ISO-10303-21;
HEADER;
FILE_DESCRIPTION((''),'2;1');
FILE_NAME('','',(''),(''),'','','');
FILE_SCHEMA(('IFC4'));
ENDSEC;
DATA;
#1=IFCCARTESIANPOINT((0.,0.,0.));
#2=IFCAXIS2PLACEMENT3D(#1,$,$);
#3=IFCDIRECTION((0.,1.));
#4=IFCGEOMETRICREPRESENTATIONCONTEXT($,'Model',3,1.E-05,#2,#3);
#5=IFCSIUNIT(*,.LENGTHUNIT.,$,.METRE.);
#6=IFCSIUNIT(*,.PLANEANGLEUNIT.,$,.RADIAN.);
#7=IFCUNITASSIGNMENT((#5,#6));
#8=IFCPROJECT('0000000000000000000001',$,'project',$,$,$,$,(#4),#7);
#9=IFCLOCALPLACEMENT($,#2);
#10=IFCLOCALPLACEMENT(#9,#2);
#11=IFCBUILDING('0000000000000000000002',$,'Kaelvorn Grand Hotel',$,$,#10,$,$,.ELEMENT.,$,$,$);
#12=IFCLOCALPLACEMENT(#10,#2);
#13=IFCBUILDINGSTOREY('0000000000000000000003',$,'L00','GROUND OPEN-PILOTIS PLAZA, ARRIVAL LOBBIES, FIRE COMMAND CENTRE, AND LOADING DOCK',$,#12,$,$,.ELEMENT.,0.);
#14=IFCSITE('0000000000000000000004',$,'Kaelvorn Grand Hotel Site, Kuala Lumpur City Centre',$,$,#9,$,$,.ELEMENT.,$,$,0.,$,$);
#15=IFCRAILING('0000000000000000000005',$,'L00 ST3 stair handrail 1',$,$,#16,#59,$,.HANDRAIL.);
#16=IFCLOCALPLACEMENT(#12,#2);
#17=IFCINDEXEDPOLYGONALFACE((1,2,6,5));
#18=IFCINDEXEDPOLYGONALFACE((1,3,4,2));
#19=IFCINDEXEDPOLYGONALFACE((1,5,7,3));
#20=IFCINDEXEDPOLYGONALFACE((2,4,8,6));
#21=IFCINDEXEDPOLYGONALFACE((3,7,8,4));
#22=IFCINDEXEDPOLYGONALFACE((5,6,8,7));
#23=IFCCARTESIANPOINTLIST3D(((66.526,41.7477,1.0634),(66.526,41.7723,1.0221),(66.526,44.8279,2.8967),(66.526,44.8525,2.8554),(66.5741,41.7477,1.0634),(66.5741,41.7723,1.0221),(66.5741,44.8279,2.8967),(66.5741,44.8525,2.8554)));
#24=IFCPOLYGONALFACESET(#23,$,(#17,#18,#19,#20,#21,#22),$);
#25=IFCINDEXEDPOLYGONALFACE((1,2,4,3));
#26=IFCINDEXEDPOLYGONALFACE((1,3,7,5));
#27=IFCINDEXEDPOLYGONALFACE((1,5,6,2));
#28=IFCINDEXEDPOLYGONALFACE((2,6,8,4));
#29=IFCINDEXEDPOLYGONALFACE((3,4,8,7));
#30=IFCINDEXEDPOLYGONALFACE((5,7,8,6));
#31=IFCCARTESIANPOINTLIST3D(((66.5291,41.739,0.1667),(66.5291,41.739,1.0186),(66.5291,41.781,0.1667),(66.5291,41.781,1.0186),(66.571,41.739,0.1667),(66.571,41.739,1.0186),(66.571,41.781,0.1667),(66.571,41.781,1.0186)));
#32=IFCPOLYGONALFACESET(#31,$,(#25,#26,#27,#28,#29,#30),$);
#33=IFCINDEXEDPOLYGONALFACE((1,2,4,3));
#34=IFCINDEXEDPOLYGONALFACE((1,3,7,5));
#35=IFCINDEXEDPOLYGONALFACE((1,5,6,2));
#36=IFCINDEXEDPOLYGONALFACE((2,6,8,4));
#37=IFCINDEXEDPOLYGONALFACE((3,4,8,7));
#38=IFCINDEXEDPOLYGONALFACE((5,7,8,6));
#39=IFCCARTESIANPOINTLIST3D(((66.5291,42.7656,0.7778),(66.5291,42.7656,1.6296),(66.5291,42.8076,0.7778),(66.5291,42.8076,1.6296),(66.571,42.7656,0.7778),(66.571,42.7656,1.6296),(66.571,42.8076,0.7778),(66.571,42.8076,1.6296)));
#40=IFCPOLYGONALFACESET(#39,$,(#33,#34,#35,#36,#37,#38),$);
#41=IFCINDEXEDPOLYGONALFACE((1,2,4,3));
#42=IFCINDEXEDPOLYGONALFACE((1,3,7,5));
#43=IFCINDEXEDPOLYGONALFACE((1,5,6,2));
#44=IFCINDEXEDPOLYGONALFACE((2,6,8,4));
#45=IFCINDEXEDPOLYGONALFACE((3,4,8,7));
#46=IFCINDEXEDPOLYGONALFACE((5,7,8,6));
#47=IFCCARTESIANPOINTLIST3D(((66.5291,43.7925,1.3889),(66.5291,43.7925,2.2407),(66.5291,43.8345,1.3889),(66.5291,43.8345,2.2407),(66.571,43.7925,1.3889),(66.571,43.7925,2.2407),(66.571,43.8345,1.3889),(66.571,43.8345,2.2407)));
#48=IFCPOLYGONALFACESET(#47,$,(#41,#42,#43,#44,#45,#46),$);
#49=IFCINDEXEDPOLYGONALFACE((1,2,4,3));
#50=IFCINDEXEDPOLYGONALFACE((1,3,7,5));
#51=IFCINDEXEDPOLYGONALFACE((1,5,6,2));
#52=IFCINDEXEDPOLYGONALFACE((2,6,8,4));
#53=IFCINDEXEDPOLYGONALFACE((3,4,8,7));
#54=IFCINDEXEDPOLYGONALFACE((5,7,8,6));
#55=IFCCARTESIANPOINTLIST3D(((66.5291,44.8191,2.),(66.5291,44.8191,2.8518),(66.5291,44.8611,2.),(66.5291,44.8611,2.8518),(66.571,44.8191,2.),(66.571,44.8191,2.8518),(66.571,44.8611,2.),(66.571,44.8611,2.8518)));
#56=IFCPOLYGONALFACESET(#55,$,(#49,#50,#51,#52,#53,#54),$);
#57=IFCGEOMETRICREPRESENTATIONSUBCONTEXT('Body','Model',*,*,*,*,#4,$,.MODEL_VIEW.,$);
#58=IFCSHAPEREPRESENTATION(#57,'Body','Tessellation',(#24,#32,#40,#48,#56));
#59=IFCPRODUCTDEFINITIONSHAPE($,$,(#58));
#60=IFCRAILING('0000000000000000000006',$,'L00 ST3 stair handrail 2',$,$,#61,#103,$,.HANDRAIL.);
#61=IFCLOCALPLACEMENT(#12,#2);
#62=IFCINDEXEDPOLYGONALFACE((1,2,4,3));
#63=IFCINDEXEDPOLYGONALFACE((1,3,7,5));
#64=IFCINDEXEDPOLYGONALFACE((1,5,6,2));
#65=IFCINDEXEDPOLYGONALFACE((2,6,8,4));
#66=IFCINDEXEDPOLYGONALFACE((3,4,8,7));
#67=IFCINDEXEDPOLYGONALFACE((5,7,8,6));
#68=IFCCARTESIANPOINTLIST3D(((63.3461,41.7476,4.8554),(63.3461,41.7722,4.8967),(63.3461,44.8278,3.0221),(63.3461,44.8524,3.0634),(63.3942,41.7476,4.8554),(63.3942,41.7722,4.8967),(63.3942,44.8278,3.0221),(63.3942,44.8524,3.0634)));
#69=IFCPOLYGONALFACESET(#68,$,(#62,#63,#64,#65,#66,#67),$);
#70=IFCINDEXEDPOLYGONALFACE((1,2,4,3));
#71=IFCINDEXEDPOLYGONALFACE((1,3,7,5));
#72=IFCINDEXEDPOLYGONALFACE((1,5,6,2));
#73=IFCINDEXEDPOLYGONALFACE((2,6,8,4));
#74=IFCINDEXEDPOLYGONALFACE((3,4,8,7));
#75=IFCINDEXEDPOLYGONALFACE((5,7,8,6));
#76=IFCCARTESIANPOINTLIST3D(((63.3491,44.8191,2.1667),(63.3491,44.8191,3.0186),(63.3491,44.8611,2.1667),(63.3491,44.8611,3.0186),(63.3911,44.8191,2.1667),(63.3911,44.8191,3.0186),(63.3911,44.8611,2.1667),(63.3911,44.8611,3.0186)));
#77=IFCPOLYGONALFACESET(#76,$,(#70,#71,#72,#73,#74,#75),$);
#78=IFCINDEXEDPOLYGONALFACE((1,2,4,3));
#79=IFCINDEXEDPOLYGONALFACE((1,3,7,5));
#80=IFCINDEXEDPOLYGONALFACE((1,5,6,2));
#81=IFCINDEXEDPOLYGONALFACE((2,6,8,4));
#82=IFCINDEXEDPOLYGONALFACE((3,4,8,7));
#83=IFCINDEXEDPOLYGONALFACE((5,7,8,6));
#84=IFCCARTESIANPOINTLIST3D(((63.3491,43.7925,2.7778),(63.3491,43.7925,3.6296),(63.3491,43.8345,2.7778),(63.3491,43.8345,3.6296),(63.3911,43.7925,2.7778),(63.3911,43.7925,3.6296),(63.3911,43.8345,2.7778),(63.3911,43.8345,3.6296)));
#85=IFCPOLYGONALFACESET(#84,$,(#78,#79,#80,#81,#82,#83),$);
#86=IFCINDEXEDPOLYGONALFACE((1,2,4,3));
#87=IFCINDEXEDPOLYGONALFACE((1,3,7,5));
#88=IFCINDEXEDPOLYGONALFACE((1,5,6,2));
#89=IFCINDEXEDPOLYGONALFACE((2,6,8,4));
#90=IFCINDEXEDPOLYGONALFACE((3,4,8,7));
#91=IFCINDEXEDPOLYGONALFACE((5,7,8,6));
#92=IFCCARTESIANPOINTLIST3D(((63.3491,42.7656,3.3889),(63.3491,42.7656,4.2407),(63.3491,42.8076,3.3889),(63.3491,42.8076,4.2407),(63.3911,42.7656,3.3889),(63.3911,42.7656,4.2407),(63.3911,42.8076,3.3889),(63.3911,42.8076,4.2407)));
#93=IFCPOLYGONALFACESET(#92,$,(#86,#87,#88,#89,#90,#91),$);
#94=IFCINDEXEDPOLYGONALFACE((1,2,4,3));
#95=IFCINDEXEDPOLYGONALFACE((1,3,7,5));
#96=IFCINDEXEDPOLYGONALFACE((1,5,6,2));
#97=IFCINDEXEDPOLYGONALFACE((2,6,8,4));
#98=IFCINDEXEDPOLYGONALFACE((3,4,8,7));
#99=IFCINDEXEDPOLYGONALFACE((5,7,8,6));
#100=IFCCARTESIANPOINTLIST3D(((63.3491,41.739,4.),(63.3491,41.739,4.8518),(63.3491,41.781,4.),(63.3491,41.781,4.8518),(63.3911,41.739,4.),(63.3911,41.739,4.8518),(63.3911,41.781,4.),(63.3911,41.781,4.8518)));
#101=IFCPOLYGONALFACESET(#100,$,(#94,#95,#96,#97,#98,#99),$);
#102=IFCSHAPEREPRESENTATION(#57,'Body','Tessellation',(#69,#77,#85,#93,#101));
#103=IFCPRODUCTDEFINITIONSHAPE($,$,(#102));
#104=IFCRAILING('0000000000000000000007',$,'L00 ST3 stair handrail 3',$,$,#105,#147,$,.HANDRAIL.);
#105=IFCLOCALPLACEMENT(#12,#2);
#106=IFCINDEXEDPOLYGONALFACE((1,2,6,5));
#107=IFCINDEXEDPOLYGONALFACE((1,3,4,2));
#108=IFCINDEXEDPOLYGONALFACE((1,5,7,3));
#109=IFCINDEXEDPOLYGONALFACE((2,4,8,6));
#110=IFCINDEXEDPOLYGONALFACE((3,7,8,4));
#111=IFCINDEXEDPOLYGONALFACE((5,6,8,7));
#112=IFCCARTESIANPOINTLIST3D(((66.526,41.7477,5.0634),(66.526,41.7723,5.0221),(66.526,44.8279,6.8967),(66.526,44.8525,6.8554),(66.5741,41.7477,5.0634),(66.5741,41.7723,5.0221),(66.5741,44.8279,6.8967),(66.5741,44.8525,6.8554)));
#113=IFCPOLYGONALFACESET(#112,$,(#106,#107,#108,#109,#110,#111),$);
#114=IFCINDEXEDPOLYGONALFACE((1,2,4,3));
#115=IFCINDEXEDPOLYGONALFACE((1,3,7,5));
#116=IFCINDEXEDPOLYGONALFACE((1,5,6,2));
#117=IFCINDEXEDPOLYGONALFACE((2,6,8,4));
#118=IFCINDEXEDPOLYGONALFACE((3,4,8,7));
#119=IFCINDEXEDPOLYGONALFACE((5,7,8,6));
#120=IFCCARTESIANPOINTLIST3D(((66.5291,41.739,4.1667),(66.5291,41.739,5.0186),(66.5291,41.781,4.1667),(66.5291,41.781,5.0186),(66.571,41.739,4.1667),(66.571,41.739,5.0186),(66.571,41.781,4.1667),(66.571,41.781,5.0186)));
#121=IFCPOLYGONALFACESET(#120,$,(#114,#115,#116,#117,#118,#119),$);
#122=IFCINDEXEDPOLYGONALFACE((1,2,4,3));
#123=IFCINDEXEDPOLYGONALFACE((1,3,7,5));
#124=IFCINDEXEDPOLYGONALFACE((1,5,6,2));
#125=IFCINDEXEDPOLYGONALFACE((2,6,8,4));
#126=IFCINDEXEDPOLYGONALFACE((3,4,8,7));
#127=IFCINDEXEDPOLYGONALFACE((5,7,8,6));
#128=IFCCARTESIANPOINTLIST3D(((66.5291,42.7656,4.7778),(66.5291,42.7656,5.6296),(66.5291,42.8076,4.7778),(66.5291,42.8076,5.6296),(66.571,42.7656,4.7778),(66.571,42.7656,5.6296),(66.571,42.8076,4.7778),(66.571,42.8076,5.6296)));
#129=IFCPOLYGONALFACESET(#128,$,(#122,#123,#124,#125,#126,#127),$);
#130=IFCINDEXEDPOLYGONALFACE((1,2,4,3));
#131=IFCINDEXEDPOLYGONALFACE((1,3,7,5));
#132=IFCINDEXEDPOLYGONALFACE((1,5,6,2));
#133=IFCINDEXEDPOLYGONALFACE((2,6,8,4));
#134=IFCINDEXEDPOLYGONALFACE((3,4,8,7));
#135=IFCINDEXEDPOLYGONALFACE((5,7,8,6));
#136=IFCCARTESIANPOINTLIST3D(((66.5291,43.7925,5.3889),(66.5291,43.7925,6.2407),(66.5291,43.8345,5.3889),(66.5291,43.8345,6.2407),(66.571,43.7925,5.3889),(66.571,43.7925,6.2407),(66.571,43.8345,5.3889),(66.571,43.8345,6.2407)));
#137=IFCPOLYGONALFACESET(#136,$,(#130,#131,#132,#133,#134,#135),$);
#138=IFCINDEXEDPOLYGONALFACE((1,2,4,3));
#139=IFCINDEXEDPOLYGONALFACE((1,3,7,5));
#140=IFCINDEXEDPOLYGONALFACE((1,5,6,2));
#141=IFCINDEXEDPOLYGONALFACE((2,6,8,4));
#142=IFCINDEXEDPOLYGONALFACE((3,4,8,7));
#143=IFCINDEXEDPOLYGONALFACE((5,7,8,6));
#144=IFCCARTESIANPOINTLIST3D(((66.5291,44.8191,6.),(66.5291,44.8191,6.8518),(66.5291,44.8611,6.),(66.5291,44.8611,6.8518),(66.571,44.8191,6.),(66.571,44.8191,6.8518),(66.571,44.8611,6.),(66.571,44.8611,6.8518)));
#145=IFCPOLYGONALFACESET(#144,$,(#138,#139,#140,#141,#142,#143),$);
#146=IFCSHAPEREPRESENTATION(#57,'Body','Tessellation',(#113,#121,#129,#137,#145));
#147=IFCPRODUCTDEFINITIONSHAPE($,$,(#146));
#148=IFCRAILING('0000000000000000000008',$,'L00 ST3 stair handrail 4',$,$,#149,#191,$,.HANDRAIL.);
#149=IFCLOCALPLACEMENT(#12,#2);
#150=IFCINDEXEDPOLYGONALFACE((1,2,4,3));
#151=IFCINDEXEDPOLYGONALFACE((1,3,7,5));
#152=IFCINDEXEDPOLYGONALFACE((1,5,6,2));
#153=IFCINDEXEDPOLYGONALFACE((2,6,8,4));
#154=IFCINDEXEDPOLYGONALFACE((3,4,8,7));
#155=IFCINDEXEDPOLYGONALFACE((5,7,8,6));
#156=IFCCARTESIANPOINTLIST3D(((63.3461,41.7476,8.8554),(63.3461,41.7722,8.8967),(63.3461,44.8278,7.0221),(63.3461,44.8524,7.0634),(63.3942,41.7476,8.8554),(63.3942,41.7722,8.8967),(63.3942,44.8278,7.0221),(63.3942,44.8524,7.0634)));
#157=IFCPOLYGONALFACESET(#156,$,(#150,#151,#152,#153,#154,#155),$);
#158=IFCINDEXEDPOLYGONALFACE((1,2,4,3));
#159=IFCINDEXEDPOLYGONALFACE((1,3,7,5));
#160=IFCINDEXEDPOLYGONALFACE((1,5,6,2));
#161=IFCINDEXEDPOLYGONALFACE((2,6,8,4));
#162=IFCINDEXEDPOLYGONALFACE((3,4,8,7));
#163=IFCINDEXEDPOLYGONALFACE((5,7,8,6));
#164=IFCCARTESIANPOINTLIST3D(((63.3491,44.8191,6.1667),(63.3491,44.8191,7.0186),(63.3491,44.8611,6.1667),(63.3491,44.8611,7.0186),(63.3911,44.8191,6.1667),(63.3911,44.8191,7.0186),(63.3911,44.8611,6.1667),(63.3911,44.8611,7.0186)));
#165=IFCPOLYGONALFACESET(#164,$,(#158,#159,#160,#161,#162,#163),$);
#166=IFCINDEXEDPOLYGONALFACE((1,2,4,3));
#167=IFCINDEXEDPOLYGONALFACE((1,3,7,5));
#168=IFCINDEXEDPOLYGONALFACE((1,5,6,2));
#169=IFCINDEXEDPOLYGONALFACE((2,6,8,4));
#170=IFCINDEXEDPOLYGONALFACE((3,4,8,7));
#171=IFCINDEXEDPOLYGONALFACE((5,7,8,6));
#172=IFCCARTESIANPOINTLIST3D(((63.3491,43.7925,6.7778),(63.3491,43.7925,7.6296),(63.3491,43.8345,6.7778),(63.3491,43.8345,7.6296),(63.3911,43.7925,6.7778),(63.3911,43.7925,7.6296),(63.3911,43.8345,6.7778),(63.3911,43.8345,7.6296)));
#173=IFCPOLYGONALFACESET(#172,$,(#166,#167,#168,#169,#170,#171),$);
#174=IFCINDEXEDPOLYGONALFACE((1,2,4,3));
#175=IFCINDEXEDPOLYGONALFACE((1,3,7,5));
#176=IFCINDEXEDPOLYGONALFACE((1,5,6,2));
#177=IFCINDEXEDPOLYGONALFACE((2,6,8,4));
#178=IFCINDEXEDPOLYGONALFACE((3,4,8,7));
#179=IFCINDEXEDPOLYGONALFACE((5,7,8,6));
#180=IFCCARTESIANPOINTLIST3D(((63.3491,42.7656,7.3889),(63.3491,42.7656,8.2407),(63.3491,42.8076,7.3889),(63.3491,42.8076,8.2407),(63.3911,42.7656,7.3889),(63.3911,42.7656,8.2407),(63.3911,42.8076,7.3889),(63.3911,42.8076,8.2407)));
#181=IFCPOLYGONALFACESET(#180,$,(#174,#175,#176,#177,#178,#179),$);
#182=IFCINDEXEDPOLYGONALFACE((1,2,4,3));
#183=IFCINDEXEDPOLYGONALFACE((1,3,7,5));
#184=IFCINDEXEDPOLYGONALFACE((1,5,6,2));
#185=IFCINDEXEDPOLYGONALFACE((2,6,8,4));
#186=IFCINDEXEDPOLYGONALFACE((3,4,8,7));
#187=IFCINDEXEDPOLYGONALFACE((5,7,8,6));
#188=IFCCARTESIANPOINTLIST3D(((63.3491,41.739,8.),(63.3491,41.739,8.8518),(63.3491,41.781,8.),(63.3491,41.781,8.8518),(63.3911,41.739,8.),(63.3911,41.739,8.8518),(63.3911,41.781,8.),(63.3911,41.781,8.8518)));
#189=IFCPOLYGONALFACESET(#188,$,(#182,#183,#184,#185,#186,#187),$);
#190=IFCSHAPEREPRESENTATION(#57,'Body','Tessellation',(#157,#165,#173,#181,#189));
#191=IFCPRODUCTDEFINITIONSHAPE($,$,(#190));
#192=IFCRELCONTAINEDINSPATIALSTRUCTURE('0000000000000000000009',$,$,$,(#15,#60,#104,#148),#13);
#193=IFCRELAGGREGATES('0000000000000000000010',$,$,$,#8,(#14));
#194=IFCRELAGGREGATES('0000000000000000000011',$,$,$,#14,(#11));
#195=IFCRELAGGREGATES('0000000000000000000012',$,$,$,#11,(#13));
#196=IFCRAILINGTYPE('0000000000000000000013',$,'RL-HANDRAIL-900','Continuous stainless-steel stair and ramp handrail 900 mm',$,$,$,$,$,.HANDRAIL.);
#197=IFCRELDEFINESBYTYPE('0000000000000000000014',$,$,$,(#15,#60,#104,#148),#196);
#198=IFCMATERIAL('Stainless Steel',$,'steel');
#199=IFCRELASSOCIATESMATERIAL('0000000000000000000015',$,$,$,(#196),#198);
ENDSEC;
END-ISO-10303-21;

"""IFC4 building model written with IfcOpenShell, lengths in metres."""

from ifc_helpers import new_model, si_unit, direction, frame, origin, origin_2d, place, context, subcontext, project, spatial, rectangle, extrude, material, type_object, element, save


model = new_model("IFC4")

# Units and contexts
model_context = context("Model", 3, precision=1e-05, world=origin(), true_north=direction((0.0, 1.0)))
body_context = subcontext(model_context, "Body", "Model", "MODEL_VIEW")
ifc_project = project(units=[si_unit("LENGTHUNIT", "METRE"), si_unit("PLANEANGLEUNIT", "RADIAN")], contexts=[model_context])

# Site, building, storey
site_placement = place(None, origin())
site = spatial("IfcSite", under=ifc_project, at=site_placement, Name="Kaelvorn Grand Hotel Site, Kuala Lumpur City Centre", CompositionType="ELEMENT", RefElevation=0.0)
building_placement = place(site_placement, origin())
building = spatial("IfcBuilding", under=site, at=building_placement, Name="Kaelvorn Grand Hotel", CompositionType="ELEMENT")
storey_placement = place(building_placement, origin())
storey = spatial("IfcBuildingStorey", under=building, at=storey_placement, Name="L00", Description="GROUND OPEN-PILOTIS PLAZA, ARRIVAL LOBBIES, FIRE COMMAND CENTRE, AND LOADING DOCK", CompositionType="ELEMENT", Elevation=0.0)

# Railings
ifc_material_1 = material(Name="Stainless Steel", Category="steel")
railing_type_1 = type_object("IfcRailingType", Name="RL-HANDRAIL-900", Description="Continuous stainless-steel stair and ramp handrail 900 mm", PredefinedType="HANDRAIL", material=ifc_material_1)
railing_1_placement = place(storey_placement, frame((66.55, 41.76, 0.1667)))
element("IfcRailing", 1, at=railing_1_placement, inside=storey, type_object=railing_type_1, Name="L00 ST3 stair handrail 1", PredefinedType="HANDRAIL", context=body_context, shape_type="SweptSolid", body=[
    extrude(rectangle(XDim=0.0481, YDim=0.0481, at=origin_2d()), frame((0.0, 0.0, 0.876), z_axis=(0.0, 0.859309, 0.511458), x_axis=(-1.0, 0.0, 0.0)), (0.0, 0.0, 1.0), 3.5845),
    extrude(rectangle(XDim=0.042, YDim=0.042, at=origin_2d()), origin(), (0.0, 0.0, 1.0), 0.8518),
    extrude(rectangle(XDim=0.042, YDim=0.042, at=origin_2d()), frame((0.0, 1.0266, 0.6111)), (0.0, 0.0, 1.0), 0.8518),
    extrude(rectangle(XDim=0.042, YDim=0.042, at=origin_2d()), frame((0.0, 2.0535, 1.2222)), (0.0, 0.0, 1.0), 0.8518),
    extrude(rectangle(XDim=0.042, YDim=0.042, at=origin_2d()), frame((0.0, 3.0801, 1.8333)), (0.0, 0.0, 1.0), 0.8518),
])
railing_2_placement = place(storey_placement, frame((63.3701, 44.8401, 2.1667)))
element("IfcRailing", 2, at=railing_2_placement, inside=storey, type_object=railing_type_1, Name="L00 ST3 stair handrail 2", PredefinedType="HANDRAIL", context=body_context, shape_type="SweptSolid", body=[
    extrude(rectangle(XDim=0.0481, YDim=0.0481, at=origin_2d()), frame((0.0, 0.0, 0.876), z_axis=(0.0, -0.859309, 0.511458), x_axis=(1.0, 0.0, 0.0)), (0.0, 0.0, 1.0), 3.5845),
    extrude(rectangle(XDim=0.042, YDim=0.042, at=origin_2d()), origin(), (0.0, 0.0, 1.0), 0.8518),
    extrude(rectangle(XDim=0.042, YDim=0.042, at=origin_2d()), frame((0.0, -1.0266, 0.6111)), (0.0, 0.0, 1.0), 0.8518),
    extrude(rectangle(XDim=0.042, YDim=0.042, at=origin_2d()), frame((0.0, -2.0535, 1.2222)), (0.0, 0.0, 1.0), 0.8518),
    extrude(rectangle(XDim=0.042, YDim=0.042, at=origin_2d()), frame((0.0, -3.0801, 1.8333)), (0.0, 0.0, 1.0), 0.8518),
])
railing_3_placement = place(storey_placement, frame((66.55, 41.76, 4.1667)))
element("IfcRailing", 3, at=railing_3_placement, inside=storey, type_object=railing_type_1, Name="L00 ST3 stair handrail 3", PredefinedType="HANDRAIL", context=body_context, shape_type="SweptSolid", body=[
    extrude(rectangle(XDim=0.0481, YDim=0.0481, at=origin_2d()), frame((0.0, 0.0, 0.876), z_axis=(0.0, 0.859309, 0.511458), x_axis=(-1.0, 0.0, 0.0)), (0.0, 0.0, 1.0), 3.5845),
    extrude(rectangle(XDim=0.042, YDim=0.042, at=origin_2d()), origin(), (0.0, 0.0, 1.0), 0.8518),
    extrude(rectangle(XDim=0.042, YDim=0.042, at=origin_2d()), frame((0.0, 1.0266, 0.6111)), (0.0, 0.0, 1.0), 0.8518),
    extrude(rectangle(XDim=0.042, YDim=0.042, at=origin_2d()), frame((0.0, 2.0535, 1.2222)), (0.0, 0.0, 1.0), 0.8518),
    extrude(rectangle(XDim=0.042, YDim=0.042, at=origin_2d()), frame((0.0, 3.0801, 1.8333)), (0.0, 0.0, 1.0), 0.8518),
])
railing_4_placement = place(storey_placement, frame((63.3701, 44.8401, 6.1667)))
element("IfcRailing", 4, at=railing_4_placement, inside=storey, type_object=railing_type_1, Name="L00 ST3 stair handrail 4", PredefinedType="HANDRAIL", context=body_context, shape_type="SweptSolid", body=[
    extrude(rectangle(XDim=0.0481, YDim=0.0481, at=origin_2d()), frame((0.0, 0.0, 0.876), z_axis=(0.0, -0.859309, 0.511458), x_axis=(1.0, 0.0, 0.0)), (0.0, 0.0, 1.0), 3.5845),
    extrude(rectangle(XDim=0.042, YDim=0.042, at=origin_2d()), origin(), (0.0, 0.0, 1.0), 0.8518),
    extrude(rectangle(XDim=0.042, YDim=0.042, at=origin_2d()), frame((0.0, -1.0266, 0.6111)), (0.0, 0.0, 1.0), 0.8518),
    extrude(rectangle(XDim=0.042, YDim=0.042, at=origin_2d()), frame((0.0, -2.0535, 1.2222)), (0.0, 0.0, 1.0), 0.8518),
    extrude(rectangle(XDim=0.042, YDim=0.042, at=origin_2d()), frame((0.0, -3.0801, 1.8333)), (0.0, 0.0, 1.0), 0.8518),
])

save(model, "model.ifc")
